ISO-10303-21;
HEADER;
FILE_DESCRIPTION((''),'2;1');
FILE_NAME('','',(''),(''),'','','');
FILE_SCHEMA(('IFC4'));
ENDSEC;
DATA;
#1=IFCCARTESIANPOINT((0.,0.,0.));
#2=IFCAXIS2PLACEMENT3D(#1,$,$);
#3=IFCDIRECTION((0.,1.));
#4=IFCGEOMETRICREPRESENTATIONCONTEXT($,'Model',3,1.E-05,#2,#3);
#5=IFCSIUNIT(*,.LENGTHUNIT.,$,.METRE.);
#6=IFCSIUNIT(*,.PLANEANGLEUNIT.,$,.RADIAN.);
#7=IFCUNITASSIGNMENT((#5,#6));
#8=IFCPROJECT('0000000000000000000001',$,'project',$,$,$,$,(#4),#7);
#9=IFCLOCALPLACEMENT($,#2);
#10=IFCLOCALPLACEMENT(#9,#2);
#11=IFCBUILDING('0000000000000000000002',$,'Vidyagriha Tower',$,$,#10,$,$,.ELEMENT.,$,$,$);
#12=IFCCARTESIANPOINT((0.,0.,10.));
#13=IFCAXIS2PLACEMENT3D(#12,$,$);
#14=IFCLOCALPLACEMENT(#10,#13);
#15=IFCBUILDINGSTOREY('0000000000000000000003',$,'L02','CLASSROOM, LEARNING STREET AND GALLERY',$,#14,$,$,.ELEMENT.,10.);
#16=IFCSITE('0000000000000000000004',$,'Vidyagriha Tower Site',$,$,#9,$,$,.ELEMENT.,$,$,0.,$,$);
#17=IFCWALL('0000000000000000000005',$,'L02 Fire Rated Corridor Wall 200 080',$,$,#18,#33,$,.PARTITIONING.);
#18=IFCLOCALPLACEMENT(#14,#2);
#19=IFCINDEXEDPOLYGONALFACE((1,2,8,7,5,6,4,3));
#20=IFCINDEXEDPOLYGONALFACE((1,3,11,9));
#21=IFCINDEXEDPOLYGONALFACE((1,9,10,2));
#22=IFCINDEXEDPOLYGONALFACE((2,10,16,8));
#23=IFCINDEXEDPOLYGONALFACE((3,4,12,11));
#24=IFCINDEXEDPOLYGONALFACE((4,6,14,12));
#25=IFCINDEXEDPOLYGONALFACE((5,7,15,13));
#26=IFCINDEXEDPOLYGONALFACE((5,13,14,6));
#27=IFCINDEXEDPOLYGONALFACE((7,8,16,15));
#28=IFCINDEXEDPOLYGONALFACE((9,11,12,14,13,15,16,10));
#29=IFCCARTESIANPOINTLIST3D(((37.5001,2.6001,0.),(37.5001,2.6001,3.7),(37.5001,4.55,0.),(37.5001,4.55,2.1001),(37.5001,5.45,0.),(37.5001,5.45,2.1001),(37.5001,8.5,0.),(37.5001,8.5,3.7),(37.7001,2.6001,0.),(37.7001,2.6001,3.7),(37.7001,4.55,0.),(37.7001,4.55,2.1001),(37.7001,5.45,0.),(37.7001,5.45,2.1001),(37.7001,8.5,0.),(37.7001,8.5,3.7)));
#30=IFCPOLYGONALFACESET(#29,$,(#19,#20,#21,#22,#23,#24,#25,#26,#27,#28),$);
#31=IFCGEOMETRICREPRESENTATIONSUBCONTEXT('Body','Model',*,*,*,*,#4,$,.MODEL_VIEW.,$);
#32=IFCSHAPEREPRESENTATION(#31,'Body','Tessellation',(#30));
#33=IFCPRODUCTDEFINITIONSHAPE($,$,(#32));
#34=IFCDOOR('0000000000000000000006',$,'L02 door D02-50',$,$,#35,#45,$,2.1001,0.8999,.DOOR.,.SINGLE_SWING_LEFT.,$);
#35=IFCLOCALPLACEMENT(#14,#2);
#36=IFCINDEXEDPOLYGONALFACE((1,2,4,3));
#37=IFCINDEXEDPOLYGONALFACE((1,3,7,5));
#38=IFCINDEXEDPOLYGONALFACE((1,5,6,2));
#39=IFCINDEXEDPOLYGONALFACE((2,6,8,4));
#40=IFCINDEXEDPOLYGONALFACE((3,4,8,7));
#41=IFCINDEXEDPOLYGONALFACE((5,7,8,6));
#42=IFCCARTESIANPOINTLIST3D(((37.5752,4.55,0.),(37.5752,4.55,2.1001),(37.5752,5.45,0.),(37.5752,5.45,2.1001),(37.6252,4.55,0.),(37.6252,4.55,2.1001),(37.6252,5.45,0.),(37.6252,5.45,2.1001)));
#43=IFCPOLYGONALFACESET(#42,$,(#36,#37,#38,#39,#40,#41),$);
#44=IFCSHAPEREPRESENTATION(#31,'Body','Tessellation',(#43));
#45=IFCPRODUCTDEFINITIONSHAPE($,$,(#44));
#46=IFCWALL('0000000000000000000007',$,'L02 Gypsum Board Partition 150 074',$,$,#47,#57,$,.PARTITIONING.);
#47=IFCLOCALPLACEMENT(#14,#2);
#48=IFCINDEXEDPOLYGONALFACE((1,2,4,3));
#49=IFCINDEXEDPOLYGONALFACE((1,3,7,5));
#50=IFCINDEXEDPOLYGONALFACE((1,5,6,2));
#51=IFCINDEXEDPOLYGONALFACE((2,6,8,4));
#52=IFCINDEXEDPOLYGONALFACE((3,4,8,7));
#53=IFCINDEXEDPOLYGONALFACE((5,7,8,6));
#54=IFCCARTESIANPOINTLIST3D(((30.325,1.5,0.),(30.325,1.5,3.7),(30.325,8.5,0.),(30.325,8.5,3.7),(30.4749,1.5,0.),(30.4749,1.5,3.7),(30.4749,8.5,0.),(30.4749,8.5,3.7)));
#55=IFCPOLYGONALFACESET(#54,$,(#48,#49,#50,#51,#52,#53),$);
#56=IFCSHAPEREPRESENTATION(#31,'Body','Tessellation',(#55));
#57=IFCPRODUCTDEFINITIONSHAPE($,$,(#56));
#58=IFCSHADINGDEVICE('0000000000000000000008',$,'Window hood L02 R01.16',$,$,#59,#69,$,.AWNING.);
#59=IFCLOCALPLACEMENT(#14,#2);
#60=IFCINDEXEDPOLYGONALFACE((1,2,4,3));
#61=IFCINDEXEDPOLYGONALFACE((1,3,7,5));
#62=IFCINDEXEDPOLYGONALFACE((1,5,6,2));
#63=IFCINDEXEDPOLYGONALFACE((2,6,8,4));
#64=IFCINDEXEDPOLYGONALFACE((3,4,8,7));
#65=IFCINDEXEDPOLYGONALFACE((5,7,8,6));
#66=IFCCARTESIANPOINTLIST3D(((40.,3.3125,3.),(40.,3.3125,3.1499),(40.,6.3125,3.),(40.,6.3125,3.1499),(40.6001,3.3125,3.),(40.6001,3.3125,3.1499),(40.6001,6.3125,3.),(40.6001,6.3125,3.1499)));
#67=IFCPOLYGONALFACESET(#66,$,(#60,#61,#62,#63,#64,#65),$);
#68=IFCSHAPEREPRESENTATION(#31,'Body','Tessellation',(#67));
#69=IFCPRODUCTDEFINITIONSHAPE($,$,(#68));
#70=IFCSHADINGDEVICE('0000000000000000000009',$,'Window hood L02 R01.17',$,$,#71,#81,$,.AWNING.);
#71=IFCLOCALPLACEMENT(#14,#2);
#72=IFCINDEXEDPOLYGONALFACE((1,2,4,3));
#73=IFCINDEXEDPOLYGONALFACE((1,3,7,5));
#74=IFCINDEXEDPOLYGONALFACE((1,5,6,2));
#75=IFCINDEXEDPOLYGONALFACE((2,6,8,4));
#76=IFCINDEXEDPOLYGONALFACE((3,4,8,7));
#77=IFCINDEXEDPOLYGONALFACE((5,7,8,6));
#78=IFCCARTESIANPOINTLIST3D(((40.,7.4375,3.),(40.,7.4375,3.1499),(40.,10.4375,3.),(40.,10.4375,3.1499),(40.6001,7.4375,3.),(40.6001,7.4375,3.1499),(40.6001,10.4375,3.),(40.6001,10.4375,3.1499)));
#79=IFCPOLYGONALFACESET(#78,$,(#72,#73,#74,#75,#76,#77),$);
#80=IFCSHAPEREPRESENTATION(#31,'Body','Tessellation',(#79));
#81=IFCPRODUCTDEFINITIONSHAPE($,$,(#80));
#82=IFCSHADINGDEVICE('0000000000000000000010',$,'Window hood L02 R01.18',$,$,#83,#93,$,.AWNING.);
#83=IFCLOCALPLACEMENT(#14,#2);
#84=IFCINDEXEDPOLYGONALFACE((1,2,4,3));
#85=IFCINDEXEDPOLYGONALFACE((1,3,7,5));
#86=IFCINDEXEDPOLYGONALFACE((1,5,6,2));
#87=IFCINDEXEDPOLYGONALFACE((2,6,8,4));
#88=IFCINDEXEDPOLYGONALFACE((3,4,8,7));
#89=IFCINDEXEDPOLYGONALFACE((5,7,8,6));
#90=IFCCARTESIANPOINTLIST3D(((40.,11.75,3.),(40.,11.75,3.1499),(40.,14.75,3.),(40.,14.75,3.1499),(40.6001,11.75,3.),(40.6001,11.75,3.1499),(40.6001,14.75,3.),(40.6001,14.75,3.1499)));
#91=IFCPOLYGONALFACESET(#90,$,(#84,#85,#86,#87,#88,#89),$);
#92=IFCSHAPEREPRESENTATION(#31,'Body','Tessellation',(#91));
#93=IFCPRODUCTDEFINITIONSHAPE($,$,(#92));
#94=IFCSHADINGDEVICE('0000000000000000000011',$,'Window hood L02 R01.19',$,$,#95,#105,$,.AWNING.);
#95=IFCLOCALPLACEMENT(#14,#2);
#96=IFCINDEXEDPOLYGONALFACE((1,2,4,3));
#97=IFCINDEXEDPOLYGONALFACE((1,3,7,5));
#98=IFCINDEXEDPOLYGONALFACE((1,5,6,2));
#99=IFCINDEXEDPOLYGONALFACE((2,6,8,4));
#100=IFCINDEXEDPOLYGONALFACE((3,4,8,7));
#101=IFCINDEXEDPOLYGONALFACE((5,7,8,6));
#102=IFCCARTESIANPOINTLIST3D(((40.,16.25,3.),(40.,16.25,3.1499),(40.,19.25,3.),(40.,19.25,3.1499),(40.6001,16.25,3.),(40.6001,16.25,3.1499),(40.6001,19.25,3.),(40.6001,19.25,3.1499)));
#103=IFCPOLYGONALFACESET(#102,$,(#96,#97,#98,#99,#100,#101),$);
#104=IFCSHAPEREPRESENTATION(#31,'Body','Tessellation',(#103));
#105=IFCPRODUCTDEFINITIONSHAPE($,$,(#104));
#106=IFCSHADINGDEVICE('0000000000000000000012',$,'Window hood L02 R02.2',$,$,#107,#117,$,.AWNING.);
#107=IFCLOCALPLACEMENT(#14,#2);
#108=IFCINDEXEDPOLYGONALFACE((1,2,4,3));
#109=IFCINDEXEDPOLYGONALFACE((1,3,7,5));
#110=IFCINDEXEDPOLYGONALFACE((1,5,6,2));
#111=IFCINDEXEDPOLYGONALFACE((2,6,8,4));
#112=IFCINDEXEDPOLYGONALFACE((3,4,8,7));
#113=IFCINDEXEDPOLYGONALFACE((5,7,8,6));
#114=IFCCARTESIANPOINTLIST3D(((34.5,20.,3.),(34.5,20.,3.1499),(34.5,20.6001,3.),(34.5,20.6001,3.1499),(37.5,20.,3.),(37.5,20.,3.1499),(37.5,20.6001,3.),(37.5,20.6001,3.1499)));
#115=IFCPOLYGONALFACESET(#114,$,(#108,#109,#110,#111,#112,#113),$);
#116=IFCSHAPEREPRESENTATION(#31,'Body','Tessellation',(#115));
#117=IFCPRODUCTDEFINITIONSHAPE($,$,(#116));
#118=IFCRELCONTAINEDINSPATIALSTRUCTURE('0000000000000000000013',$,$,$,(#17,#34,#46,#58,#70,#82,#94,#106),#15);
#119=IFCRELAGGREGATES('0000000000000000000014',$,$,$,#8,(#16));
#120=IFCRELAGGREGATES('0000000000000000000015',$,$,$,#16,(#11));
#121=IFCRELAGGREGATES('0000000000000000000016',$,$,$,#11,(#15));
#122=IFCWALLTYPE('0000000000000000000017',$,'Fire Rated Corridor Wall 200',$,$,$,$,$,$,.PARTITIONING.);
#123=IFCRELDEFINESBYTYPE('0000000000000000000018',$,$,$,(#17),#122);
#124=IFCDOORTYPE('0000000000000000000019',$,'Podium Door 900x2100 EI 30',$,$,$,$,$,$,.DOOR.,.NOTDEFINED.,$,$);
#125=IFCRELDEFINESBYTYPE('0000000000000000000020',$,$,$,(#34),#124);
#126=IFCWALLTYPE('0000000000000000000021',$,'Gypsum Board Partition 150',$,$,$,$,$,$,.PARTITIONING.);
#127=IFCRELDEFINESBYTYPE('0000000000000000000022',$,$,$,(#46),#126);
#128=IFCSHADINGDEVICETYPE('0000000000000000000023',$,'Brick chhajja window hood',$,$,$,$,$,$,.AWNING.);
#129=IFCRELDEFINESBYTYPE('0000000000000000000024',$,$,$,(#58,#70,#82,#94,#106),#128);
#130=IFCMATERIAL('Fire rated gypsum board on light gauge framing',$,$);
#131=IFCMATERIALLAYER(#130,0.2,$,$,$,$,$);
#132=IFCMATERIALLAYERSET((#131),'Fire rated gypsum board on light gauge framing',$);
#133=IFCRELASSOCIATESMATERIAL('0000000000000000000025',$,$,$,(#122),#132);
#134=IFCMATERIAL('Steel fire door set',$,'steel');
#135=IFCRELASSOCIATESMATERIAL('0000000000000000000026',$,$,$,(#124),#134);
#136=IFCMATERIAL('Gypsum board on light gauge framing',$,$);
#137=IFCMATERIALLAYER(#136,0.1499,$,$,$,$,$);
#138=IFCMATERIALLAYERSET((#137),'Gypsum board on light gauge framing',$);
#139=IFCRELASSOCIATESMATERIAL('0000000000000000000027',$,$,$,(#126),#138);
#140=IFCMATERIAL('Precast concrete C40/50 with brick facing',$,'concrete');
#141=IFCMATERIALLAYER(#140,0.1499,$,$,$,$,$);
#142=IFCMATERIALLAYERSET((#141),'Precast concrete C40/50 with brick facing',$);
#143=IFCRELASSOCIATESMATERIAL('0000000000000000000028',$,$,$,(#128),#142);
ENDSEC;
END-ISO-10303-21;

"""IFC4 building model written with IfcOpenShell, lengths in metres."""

from ifc_helpers import new_model, si_unit, direction, frame, frame_2d, origin, origin_2d, place, context, subcontext, project, spatial, rectangle, extrude, material, layer, layer_set, type_object, element, fill, save


model = new_model("IFC4")

# Units and contexts
model_context = context("Model", 3, precision=1e-05, world=origin(), true_north=direction((0.0, 1.0)))
body_context = subcontext(model_context, "Body", "Model", "MODEL_VIEW")
ifc_project = project(units=[si_unit("LENGTHUNIT", "METRE"), si_unit("PLANEANGLEUNIT", "RADIAN")], contexts=[model_context])

# Site, building, storey
site_placement = place(None, origin())
site = spatial("IfcSite", under=ifc_project, at=site_placement, Name="Vidyagriha Tower Site", CompositionType="ELEMENT", RefElevation=0.0)
building_placement = place(site_placement, origin())
building = spatial("IfcBuilding", under=site, at=building_placement, Name="Vidyagriha Tower", CompositionType="ELEMENT")
storey_placement = place(building_placement, frame((0.0, 0.0, 10.0)))
storey = spatial("IfcBuildingStorey", under=building, at=storey_placement, Name="L02", Description="CLASSROOM, LEARNING STREET AND GALLERY", CompositionType="ELEMENT", Elevation=10.0)

# Shared definitions
ifc_material_1 = material(Name="Fire rated gypsum board on light gauge framing")
ifc_layer_1 = layer(ifc_material_1, 0.2)
ifc_layer_set_1 = layer_set([ifc_layer_1], Name="Fire rated gypsum board on light gauge framing")
wall_type_1 = type_object("IfcWallType", Name="Fire Rated Corridor Wall 200", PredefinedType="PARTITIONING", material=ifc_layer_set_1)

# Wall, opening, door
wall_1_placement = place(storey_placement, frame((37.6001, 2.6001, 0.0), z_axis=(0.0, 0.0, 1.0), x_axis=(0.0, 1.0, 0.0)))
wall_1 = element("IfcWall", 1, at=wall_1_placement, inside=storey, type_object=wall_type_1, Name="L02 Fire Rated Corridor Wall 200 080", PredefinedType="PARTITIONING", context=body_context, shape_type="SweptSolid", body=[
    extrude(rectangle(XDim=5.8999, YDim=0.2, at=frame_2d((2.95, 0.0))), origin(), (0.0, 0.0, 1.0), 3.7),
])
opening_1_placement = place(wall_1_placement, frame((1.95, 0.0, 0.0)))
opening_1 = element("IfcOpeningElement", 2, at=opening_1_placement, cuts=wall_1, PredefinedType="OPENING", context=body_context, shape_type="SweptSolid", body=[
    extrude(rectangle(XDim=0.8999, YDim=2.1001, at=frame_2d((0.45, 1.05))), frame((0.0, 0.1099, 0.0), z_axis=(0.0, -1.0, 0.0), x_axis=(1.0, 0.0, 0.0)), (0.0, 0.0, 1.0), 0.22),
])
ifc_material_2 = material(Name="Steel fire door set", Category="steel")
door_type = type_object("IfcDoorType", Name="Podium Door 900x2100 EI 30", OperationType="NOTDEFINED", PredefinedType="DOOR", material=ifc_material_2)
door_placement = place(opening_1_placement, origin())
door = element("IfcDoor", 3, at=door_placement, inside=storey, type_object=door_type, Name="L02 door D02-50", OperationType="SINGLE_SWING_LEFT", OverallHeight=2.1001, OverallWidth=0.8999, PredefinedType="DOOR", context=body_context, shape_type="SweptSolid", body=[
    extrude(rectangle(XDim=0.8999, YDim=2.1001, at=frame_2d((0.45, 1.05))), frame((0.0, 0.0249, 0.0), z_axis=(0.0, -1.0, 0.0), x_axis=(1.0, 0.0, 0.0)), (0.0, 0.0, 1.0), 0.05),
])
fill(opening_1, door)

# Wall
ifc_material_3 = material(Name="Gypsum board on light gauge framing")
ifc_layer_2 = layer(ifc_material_3, 0.1499)
ifc_layer_set_2 = layer_set([ifc_layer_2], Name="Gypsum board on light gauge framing")
wall_type_2 = type_object("IfcWallType", Name="Gypsum Board Partition 150", PredefinedType="PARTITIONING", material=ifc_layer_set_2)
wall_2_placement = place(storey_placement, frame((30.3999, 1.5, 0.0), z_axis=(0.0, 0.0, 1.0), x_axis=(0.0, 1.0, 0.0)))
element("IfcWall", 4, at=wall_2_placement, inside=storey, type_object=wall_type_2, Name="L02 Gypsum Board Partition 150 074", PredefinedType="PARTITIONING", context=body_context, shape_type="SweptSolid", body=[
    extrude(rectangle(XDim=7.0, YDim=0.1499, at=frame_2d((3.5, 0.0))), origin(), (0.0, 0.0, 1.0), 3.7),
])

# Shading devices
ifc_material_4 = material(Name="Precast concrete C40/50 with brick facing", Category="concrete")
ifc_layer_3 = layer(ifc_material_4, 0.1499)
ifc_layer_set_3 = layer_set([ifc_layer_3], Name="Precast concrete C40/50 with brick facing")
shading_device_type = type_object("IfcShadingDeviceType", Name="Brick chhajja window hood", PredefinedType="AWNING", material=ifc_layer_set_3)
for number, where, z_axis, x_axis, name in (
    (5, (40.3, 4.8125, 3.0), (0.0, 0.0, 1.0), (0.0, 1.0, 0.0), "Window hood L02 R01.16"),
    (6, (40.3, 8.9375, 3.0), (0.0, 0.0, 1.0), (0.0, 1.0, 0.0), "Window hood L02 R01.17"),
    (7, (40.3, 13.25, 3.0), (0.0, 0.0, 1.0), (0.0, 1.0, 0.0), "Window hood L02 R01.18"),
    (8, (40.3, 17.75, 3.0), (0.0, 0.0, 1.0), (0.0, 1.0, 0.0), "Window hood L02 R01.19"),
    (9, (36.0, 20.3, 3.0), (0.0, 0.0, 1.0), (-1.0, 0.0, 0.0), "Window hood L02 R02.2"),
):
    element("IfcShadingDevice", number, at=place(storey_placement, frame(where, z_axis=z_axis, x_axis=x_axis)), inside=storey, type_object=shading_device_type, Name=name, PredefinedType="AWNING", context=body_context, shape_type="SweptSolid", body=[
        extrude(rectangle(XDim=3.0, YDim=0.6001, at=origin_2d()), origin(), (0.0, 0.0, 1.0), 0.1499),
    ])

save(model, "model.ifc")
